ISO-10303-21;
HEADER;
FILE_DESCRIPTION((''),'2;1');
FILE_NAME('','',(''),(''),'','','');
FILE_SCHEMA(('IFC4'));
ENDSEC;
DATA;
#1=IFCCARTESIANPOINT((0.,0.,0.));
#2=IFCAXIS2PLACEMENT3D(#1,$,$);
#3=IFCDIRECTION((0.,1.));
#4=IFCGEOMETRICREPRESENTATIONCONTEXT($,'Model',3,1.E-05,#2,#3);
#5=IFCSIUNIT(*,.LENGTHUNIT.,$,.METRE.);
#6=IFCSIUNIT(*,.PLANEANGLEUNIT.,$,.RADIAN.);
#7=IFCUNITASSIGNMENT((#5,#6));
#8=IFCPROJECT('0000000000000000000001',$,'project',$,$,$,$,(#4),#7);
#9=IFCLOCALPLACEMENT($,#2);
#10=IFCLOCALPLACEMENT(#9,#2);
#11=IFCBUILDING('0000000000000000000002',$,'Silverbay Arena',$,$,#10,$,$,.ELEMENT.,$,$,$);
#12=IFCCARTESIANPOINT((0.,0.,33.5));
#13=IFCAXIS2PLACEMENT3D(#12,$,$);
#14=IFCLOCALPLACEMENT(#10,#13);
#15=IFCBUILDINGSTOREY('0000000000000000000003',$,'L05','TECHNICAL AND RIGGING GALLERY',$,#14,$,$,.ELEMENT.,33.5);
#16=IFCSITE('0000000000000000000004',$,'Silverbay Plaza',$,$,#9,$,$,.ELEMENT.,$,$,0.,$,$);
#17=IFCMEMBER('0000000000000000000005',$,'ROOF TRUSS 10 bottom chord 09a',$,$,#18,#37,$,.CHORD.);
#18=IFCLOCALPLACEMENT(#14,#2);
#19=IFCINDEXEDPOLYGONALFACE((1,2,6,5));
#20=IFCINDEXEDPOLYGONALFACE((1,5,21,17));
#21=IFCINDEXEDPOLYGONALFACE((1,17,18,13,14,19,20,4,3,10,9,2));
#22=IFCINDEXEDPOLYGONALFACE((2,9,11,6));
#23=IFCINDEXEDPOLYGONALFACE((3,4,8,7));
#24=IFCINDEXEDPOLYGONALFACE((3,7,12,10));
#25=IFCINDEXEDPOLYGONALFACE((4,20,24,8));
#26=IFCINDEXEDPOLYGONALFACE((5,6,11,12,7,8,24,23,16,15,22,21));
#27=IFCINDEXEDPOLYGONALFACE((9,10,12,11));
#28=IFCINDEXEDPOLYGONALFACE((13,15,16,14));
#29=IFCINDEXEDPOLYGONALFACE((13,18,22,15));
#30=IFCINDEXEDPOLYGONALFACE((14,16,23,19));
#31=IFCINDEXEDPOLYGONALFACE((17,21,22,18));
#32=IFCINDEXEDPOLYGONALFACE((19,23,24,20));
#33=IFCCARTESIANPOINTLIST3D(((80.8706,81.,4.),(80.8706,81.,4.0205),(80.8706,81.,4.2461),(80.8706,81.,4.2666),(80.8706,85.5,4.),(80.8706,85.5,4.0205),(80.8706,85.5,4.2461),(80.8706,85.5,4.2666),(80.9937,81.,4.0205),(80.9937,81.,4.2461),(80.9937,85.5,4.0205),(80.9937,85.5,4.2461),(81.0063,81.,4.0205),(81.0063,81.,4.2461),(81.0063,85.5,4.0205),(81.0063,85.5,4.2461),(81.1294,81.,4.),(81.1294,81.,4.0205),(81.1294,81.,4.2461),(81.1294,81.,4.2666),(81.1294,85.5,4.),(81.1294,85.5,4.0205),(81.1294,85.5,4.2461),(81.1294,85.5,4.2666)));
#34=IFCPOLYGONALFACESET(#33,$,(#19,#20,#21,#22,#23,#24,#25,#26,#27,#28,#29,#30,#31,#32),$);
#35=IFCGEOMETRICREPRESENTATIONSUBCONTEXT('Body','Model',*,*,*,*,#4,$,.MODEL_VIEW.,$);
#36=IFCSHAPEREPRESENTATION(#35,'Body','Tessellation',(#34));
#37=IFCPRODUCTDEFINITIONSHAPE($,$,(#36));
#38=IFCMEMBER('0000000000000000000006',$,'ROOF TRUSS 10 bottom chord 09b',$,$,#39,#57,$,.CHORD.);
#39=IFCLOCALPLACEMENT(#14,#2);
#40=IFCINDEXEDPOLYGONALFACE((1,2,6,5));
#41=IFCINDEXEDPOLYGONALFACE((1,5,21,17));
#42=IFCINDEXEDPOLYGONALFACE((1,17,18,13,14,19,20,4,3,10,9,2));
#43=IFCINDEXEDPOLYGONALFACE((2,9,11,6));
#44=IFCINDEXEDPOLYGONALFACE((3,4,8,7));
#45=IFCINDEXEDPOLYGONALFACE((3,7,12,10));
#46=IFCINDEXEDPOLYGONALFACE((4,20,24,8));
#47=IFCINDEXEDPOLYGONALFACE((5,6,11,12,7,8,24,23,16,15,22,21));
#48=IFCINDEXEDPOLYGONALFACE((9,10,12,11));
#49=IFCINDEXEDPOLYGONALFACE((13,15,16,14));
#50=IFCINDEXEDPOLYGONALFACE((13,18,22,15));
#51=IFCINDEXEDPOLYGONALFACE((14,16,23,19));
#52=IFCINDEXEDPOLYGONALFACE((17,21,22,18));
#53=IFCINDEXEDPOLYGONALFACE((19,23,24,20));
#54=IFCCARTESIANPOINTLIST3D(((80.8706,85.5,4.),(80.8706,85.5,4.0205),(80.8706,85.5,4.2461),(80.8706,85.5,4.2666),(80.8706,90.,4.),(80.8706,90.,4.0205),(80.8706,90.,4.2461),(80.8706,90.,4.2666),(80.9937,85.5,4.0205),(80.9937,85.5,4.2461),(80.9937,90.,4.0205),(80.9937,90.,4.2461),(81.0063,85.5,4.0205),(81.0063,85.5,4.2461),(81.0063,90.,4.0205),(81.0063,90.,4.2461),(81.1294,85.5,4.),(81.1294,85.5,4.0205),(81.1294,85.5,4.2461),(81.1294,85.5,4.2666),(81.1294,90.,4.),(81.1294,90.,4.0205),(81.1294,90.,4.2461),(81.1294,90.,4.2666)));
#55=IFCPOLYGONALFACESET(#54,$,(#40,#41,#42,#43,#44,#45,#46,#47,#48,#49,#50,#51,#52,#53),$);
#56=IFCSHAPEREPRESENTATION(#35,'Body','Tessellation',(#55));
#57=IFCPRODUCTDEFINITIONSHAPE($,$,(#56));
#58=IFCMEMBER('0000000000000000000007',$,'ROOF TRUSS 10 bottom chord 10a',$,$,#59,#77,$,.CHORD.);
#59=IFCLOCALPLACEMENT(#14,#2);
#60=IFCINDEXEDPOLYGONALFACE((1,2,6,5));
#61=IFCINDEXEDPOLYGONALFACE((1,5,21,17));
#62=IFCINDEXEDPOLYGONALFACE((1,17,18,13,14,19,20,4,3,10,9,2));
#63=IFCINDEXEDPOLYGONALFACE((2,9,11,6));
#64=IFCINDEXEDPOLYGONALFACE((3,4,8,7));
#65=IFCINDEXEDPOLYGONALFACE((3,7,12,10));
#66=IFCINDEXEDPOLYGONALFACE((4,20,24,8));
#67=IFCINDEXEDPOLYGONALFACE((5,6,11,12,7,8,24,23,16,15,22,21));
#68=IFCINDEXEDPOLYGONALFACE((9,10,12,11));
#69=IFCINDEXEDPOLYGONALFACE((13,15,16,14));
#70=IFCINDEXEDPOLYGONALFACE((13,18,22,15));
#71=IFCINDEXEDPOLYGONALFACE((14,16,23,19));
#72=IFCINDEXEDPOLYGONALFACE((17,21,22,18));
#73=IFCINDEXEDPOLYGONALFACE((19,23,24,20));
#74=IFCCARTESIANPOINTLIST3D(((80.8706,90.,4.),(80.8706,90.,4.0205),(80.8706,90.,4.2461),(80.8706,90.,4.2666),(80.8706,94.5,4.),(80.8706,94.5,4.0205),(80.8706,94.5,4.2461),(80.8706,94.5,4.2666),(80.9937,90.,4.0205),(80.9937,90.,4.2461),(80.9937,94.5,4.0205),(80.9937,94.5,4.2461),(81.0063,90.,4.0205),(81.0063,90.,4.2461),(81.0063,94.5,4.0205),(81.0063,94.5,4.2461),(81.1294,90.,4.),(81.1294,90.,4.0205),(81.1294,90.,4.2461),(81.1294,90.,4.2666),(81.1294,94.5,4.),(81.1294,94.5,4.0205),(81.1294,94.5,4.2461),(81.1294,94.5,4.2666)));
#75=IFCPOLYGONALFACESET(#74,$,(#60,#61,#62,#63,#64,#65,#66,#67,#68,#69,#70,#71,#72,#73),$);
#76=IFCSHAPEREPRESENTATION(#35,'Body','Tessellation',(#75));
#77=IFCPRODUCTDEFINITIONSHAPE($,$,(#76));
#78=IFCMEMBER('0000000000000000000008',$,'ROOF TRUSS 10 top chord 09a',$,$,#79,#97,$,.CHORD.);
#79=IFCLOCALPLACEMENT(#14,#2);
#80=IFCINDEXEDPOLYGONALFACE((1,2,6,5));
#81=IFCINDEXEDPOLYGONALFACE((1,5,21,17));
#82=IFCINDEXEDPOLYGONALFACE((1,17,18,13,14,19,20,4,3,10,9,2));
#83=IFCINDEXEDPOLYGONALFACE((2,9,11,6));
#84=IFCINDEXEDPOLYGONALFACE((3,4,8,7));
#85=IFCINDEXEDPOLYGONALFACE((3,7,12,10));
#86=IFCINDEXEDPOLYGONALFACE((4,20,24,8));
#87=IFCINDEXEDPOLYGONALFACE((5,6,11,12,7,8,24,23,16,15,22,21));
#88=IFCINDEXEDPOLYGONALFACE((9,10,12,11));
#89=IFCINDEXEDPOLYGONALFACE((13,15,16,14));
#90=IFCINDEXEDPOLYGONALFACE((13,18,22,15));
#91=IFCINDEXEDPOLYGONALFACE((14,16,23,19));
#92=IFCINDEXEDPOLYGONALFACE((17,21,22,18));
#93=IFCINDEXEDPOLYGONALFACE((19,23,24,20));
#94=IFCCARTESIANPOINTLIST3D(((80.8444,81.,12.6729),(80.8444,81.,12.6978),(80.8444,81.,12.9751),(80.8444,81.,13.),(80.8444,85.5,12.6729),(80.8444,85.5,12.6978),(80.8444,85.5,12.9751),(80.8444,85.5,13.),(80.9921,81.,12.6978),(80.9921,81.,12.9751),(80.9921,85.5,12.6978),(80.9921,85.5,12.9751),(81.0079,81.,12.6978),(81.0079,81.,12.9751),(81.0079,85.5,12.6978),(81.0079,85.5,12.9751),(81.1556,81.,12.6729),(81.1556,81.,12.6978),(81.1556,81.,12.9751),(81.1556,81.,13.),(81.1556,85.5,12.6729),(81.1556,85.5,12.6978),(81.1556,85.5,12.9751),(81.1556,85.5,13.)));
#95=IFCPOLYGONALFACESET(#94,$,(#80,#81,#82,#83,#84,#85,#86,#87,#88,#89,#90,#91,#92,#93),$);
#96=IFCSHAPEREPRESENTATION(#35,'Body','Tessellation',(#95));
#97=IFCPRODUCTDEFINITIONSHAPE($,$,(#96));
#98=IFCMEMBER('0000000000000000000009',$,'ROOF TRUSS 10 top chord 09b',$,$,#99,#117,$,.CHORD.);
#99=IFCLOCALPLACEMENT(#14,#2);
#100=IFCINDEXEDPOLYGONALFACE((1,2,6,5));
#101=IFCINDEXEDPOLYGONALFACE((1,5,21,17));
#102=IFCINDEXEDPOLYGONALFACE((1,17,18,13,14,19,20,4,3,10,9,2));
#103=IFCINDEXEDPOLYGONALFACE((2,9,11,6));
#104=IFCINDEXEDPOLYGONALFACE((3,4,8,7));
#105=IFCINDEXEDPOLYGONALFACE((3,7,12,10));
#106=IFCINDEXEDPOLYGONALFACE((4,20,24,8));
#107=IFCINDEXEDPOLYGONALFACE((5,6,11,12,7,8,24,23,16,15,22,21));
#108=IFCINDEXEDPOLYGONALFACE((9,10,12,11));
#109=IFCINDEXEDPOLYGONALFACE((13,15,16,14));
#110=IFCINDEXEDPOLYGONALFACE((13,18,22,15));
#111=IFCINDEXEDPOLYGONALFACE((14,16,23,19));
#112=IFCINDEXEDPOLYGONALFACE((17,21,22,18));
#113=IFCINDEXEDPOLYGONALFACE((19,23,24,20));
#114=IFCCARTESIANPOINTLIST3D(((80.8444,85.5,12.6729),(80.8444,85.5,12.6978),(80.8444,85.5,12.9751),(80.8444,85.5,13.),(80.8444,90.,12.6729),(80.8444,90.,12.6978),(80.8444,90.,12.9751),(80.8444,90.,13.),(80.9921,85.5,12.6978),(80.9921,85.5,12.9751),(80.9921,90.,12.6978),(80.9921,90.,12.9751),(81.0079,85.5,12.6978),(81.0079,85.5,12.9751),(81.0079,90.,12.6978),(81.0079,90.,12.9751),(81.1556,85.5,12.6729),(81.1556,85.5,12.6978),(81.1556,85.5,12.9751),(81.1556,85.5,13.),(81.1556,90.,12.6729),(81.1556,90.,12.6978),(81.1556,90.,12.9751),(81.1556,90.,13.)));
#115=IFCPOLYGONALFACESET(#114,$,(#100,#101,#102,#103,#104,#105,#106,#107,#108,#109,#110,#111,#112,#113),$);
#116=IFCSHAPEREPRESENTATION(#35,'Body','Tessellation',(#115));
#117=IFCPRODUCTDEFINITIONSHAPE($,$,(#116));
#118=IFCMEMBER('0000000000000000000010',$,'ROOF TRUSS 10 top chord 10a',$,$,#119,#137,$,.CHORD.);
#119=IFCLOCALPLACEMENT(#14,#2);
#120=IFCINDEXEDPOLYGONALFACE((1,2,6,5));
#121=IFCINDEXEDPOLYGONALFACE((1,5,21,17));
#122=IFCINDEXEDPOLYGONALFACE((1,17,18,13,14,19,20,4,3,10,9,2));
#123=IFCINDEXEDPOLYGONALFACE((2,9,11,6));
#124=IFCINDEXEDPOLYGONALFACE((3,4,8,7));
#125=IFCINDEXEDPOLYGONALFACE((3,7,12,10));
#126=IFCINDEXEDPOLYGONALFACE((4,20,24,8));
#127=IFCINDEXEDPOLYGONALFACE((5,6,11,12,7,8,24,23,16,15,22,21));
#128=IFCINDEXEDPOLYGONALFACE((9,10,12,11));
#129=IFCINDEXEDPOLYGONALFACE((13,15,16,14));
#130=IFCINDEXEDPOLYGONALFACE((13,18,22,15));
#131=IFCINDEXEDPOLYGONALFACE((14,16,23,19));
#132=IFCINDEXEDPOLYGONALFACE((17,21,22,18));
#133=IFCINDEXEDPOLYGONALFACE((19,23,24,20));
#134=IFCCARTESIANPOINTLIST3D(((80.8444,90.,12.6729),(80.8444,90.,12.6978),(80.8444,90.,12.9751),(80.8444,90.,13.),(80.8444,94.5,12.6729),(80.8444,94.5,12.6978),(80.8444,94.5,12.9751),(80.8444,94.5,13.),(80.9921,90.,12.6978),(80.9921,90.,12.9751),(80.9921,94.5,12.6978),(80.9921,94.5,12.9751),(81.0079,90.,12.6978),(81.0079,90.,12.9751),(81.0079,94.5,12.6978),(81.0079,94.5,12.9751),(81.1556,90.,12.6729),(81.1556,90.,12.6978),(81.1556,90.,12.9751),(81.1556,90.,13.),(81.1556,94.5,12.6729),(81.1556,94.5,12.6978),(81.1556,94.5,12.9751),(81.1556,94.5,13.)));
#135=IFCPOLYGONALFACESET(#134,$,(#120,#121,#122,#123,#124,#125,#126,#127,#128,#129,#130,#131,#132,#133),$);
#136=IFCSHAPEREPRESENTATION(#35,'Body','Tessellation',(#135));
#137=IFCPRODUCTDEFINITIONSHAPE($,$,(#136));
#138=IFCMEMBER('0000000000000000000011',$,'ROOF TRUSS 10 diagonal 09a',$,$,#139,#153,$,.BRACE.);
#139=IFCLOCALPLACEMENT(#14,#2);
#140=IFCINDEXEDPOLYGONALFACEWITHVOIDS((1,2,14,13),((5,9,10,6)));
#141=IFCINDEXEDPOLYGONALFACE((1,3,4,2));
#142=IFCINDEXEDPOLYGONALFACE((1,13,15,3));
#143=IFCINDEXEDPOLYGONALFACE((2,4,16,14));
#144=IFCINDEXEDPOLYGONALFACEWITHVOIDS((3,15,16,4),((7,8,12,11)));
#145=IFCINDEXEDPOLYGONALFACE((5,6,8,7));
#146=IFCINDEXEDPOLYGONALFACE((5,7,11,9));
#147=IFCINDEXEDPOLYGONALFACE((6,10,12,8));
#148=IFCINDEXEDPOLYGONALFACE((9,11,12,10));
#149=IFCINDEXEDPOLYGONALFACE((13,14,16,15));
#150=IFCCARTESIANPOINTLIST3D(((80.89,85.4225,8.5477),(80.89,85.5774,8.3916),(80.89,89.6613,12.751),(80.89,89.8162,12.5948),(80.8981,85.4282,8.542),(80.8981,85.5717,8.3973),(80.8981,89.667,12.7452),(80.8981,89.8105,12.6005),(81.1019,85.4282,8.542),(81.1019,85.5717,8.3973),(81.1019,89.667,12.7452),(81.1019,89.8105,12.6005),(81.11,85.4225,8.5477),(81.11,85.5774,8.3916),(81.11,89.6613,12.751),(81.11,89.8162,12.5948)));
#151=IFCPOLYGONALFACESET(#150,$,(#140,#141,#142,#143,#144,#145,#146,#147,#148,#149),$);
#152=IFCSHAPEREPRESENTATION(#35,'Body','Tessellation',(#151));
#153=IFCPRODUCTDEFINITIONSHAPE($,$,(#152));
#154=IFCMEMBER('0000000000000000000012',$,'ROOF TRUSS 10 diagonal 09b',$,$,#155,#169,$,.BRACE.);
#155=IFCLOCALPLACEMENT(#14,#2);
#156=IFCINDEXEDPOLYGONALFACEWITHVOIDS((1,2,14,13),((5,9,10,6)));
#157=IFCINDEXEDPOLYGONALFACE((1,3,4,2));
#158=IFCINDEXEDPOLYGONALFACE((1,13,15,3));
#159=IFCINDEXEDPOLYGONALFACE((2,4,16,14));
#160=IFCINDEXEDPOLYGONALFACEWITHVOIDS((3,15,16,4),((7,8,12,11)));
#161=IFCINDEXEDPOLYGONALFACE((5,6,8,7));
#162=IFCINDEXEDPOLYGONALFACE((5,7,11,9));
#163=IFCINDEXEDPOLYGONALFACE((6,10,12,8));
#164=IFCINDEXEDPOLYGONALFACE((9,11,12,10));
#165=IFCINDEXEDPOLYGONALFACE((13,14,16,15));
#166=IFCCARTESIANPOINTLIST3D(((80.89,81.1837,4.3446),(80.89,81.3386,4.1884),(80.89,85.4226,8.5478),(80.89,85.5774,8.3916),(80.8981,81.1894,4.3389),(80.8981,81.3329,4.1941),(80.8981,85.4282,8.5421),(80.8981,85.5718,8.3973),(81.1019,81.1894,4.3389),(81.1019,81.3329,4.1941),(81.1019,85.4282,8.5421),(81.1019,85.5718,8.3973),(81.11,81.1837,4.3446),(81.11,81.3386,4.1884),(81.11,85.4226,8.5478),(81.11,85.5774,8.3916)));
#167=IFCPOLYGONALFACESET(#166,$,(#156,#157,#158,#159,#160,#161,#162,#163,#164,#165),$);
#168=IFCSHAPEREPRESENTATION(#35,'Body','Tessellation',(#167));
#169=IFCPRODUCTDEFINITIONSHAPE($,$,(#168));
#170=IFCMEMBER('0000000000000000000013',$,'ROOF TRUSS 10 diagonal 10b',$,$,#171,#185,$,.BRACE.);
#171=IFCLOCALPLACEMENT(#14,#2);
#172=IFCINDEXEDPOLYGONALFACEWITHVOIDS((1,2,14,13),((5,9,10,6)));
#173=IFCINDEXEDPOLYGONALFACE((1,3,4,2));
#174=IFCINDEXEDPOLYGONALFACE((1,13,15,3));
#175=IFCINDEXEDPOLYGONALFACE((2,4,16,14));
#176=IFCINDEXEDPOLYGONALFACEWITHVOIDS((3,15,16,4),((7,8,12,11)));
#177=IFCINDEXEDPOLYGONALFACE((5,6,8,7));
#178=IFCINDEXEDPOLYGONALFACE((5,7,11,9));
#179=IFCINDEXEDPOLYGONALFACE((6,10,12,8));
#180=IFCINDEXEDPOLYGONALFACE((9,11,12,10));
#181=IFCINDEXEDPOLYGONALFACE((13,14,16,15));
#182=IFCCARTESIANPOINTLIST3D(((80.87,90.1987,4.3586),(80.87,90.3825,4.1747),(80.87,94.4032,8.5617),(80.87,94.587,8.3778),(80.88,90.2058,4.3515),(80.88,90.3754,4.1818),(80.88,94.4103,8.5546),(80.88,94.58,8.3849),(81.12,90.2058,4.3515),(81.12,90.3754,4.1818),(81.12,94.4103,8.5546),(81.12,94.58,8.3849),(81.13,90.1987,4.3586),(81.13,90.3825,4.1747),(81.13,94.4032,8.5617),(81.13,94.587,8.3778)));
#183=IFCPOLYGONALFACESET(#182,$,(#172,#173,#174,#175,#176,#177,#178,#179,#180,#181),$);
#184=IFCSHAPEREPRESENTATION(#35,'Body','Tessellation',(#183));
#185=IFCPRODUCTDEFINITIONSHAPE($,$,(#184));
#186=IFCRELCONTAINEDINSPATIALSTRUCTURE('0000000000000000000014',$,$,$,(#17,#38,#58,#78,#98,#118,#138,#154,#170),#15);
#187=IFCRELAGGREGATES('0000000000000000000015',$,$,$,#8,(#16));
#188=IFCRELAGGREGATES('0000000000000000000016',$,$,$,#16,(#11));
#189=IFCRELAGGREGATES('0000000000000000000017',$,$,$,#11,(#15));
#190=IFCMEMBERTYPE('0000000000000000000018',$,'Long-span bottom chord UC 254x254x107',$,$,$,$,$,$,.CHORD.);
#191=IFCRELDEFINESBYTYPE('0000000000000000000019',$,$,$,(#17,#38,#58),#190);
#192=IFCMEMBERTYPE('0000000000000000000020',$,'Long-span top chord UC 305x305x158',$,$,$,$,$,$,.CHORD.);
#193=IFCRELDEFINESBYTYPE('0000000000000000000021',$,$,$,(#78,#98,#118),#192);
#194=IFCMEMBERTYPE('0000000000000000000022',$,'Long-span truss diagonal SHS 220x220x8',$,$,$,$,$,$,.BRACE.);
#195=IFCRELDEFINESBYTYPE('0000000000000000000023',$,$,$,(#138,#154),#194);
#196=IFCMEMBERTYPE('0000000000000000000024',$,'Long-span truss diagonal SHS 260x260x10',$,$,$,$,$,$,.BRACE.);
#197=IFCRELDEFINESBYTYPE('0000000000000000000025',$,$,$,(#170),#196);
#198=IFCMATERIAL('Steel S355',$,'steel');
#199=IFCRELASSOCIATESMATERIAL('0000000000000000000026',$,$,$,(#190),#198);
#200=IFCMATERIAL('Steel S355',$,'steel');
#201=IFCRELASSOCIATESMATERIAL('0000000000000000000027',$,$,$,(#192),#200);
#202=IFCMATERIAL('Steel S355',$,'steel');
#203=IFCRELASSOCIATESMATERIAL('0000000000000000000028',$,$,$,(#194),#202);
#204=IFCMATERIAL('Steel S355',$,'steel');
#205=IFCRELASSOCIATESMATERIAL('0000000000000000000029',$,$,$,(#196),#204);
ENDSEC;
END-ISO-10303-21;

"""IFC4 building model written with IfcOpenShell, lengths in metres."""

from ifc_helpers import new_model, si_unit, direction, frame, origin, origin_2d, place, context, subcontext, project, spatial, hollow_rectangle, i_section, extrude, material, material_profile, profile_set, type_object, element, save


model = new_model("IFC4")

# Units and contexts
model_context = context("Model", 3, precision=1e-05, world=origin(), true_north=direction((0.0, 1.0)))
body_context = subcontext(model_context, "Body", "Model", "MODEL_VIEW")
ifc_project = project(units=[si_unit("LENGTHUNIT", "METRE"), si_unit("PLANEANGLEUNIT", "RADIAN")], contexts=[model_context])

# Site, building, storey
site_placement = place(None, origin())
site = spatial("IfcSite", under=ifc_project, at=site_placement, Name="Silverbay Plaza", CompositionType="ELEMENT", RefElevation=0.0)
building_placement = place(site_placement, origin())
building = spatial("IfcBuilding", under=site, at=building_placement, Name="Silverbay Arena", CompositionType="ELEMENT")
storey_placement = place(building_placement, frame((0.0, 0.0, 33.5)))
storey = spatial("IfcBuildingStorey", under=building, at=storey_placement, Name="L05", Description="TECHNICAL AND RIGGING GALLERY", CompositionType="ELEMENT", Elevation=33.5)

# Members
ifc_material_1 = material(Name="Steel S355", Category="steel")
ifc_material_profile_1 = material_profile(ifc_material_1, i_section(OverallWidth=0.2588, OverallDepth=0.2666, WebThickness=0.0127, FlangeThickness=0.0205, at=origin_2d()), Name="UC 254x254x107")
ifc_profile_set_1 = profile_set([ifc_material_profile_1], Name="Steel S355")
member_type_1 = type_object("IfcMemberType", Name="Long-span bottom chord UC 254x254x107", PredefinedType="CHORD", material=ifc_profile_set_1)
for number, where, z_axis, x_axis, name in (
    (1, (81.0, 81.0, 4.1333), (0.0, 1.0, 0.0), (-1.0, 0.0, 0.0), "ROOF TRUSS 10 bottom chord 09a"),
    (2, (81.0, 85.5, 4.1333), (0.0, 1.0, 0.0), (-1.0, 0.0, 0.0), "ROOF TRUSS 10 bottom chord 09b"),
    (3, (81.0, 90.0, 4.1333), (0.0, 1.0, 0.0), (-1.0, 0.0, 0.0), "ROOF TRUSS 10 bottom chord 10a"),
):
    element("IfcMember", number, at=place(storey_placement, frame(where, z_axis=z_axis, x_axis=x_axis)), inside=storey, type_object=member_type_1, Name=name, PredefinedType="CHORD", context=body_context, shape_type="SweptSolid", body=[
        extrude(i_section(OverallWidth=0.2588, OverallDepth=0.2666, WebThickness=0.0127, FlangeThickness=0.0205, at=origin_2d()), origin(), (0.0, 0.0, 1.0), 4.5),
    ])
ifc_material_2 = material(Name="Steel S355", Category="steel")
ifc_material_profile_2 = material_profile(ifc_material_2, i_section(OverallWidth=0.3113, OverallDepth=0.3271, WebThickness=0.0159, FlangeThickness=0.0249, at=origin_2d()), Name="UC 305x305x158")
ifc_profile_set_2 = profile_set([ifc_material_profile_2], Name="Steel S355")
member_type_2 = type_object("IfcMemberType", Name="Long-span top chord UC 305x305x158", PredefinedType="CHORD", material=ifc_profile_set_2)
for number, where, z_axis, x_axis, name in (
    (4, (81.0, 81.0, 12.8364), (0.0, 1.0, 0.0), (-1.0, 0.0, 0.0), "ROOF TRUSS 10 top chord 09a"),
    (5, (81.0, 85.5, 12.8364), (0.0, 1.0, 0.0), (-1.0, 0.0, 0.0), "ROOF TRUSS 10 top chord 09b"),
    (6, (81.0, 90.0, 12.8364), (0.0, 1.0, 0.0), (-1.0, 0.0, 0.0), "ROOF TRUSS 10 top chord 10a"),
):
    element("IfcMember", number, at=place(storey_placement, frame(where, z_axis=z_axis, x_axis=x_axis)), inside=storey, type_object=member_type_2, Name=name, PredefinedType="CHORD", context=body_context, shape_type="SweptSolid", body=[
        extrude(i_section(OverallWidth=0.3113, OverallDepth=0.3271, WebThickness=0.0159, FlangeThickness=0.0249, at=origin_2d()), origin(), (0.0, 0.0, 1.0), 4.5),
    ])
ifc_material_3 = material(Name="Steel S355", Category="steel")
ifc_material_profile_3 = material_profile(ifc_material_3, hollow_rectangle(XDim=0.22, YDim=0.22, WallThickness=0.0081, at=origin_2d()), Name="SHS 220x220x8")
ifc_profile_set_3 = profile_set([ifc_material_profile_3], Name="Steel S355")
member_type_3 = type_object("IfcMemberType", Name="Long-span truss diagonal SHS 220x220x8", PredefinedType="BRACE", material=ifc_profile_set_3)
for number, where, z_axis, x_axis, name in (
    (7, (81.0, 89.7388, 12.6729), (0.0, -0.710086, -0.704115), (1.0, 0.0, 0.0), "ROOF TRUSS 10 diagonal 09a"),
    (8, (81.0, 85.5, 8.4697), (0.0, -0.710086, -0.704115), (1.0, 0.0, 0.0), "ROOF TRUSS 10 diagonal 09b"),
):
    element("IfcMember", number, at=place(storey_placement, frame(where, z_axis=z_axis, x_axis=x_axis)), inside=storey, type_object=member_type_3, Name=name, PredefinedType="BRACE", context=body_context, shape_type="SweptSolid", body=[
        extrude(hollow_rectangle(XDim=0.22, YDim=0.22, WallThickness=0.0081, at=origin_2d()), origin(), (0.0, 0.0, 1.0), 5.9695),
    ])
ifc_material_4 = material(Name="Steel S355", Category="steel")
ifc_material_profile_4 = material_profile(ifc_material_4, hollow_rectangle(XDim=0.26, YDim=0.26, WallThickness=0.01, at=origin_2d()), Name="SHS 260x260x10")
ifc_profile_set_4 = profile_set([ifc_material_profile_4], Name="Steel S355")
member_type_4 = type_object("IfcMemberType", Name="Long-span truss diagonal SHS 260x260x10", PredefinedType="BRACE", material=ifc_profile_set_4)
member_1_placement = place(storey_placement, frame((81.0, 94.4951, 8.4697), z_axis=(0.0, -0.70723, -0.706984), x_axis=(1.0, 0.0, 0.0)))
element("IfcMember", 9, at=member_1_placement, inside=storey, type_object=member_type_4, Name="ROOF TRUSS 10 diagonal 10b", PredefinedType="BRACE", context=body_context, shape_type="SweptSolid", body=[
    extrude(hollow_rectangle(XDim=0.26, YDim=0.26, WallThickness=0.01, at=origin_2d()), origin(), (0.0, 0.0, 1.0), 5.9451),
])

save(model, "model.ifc")
